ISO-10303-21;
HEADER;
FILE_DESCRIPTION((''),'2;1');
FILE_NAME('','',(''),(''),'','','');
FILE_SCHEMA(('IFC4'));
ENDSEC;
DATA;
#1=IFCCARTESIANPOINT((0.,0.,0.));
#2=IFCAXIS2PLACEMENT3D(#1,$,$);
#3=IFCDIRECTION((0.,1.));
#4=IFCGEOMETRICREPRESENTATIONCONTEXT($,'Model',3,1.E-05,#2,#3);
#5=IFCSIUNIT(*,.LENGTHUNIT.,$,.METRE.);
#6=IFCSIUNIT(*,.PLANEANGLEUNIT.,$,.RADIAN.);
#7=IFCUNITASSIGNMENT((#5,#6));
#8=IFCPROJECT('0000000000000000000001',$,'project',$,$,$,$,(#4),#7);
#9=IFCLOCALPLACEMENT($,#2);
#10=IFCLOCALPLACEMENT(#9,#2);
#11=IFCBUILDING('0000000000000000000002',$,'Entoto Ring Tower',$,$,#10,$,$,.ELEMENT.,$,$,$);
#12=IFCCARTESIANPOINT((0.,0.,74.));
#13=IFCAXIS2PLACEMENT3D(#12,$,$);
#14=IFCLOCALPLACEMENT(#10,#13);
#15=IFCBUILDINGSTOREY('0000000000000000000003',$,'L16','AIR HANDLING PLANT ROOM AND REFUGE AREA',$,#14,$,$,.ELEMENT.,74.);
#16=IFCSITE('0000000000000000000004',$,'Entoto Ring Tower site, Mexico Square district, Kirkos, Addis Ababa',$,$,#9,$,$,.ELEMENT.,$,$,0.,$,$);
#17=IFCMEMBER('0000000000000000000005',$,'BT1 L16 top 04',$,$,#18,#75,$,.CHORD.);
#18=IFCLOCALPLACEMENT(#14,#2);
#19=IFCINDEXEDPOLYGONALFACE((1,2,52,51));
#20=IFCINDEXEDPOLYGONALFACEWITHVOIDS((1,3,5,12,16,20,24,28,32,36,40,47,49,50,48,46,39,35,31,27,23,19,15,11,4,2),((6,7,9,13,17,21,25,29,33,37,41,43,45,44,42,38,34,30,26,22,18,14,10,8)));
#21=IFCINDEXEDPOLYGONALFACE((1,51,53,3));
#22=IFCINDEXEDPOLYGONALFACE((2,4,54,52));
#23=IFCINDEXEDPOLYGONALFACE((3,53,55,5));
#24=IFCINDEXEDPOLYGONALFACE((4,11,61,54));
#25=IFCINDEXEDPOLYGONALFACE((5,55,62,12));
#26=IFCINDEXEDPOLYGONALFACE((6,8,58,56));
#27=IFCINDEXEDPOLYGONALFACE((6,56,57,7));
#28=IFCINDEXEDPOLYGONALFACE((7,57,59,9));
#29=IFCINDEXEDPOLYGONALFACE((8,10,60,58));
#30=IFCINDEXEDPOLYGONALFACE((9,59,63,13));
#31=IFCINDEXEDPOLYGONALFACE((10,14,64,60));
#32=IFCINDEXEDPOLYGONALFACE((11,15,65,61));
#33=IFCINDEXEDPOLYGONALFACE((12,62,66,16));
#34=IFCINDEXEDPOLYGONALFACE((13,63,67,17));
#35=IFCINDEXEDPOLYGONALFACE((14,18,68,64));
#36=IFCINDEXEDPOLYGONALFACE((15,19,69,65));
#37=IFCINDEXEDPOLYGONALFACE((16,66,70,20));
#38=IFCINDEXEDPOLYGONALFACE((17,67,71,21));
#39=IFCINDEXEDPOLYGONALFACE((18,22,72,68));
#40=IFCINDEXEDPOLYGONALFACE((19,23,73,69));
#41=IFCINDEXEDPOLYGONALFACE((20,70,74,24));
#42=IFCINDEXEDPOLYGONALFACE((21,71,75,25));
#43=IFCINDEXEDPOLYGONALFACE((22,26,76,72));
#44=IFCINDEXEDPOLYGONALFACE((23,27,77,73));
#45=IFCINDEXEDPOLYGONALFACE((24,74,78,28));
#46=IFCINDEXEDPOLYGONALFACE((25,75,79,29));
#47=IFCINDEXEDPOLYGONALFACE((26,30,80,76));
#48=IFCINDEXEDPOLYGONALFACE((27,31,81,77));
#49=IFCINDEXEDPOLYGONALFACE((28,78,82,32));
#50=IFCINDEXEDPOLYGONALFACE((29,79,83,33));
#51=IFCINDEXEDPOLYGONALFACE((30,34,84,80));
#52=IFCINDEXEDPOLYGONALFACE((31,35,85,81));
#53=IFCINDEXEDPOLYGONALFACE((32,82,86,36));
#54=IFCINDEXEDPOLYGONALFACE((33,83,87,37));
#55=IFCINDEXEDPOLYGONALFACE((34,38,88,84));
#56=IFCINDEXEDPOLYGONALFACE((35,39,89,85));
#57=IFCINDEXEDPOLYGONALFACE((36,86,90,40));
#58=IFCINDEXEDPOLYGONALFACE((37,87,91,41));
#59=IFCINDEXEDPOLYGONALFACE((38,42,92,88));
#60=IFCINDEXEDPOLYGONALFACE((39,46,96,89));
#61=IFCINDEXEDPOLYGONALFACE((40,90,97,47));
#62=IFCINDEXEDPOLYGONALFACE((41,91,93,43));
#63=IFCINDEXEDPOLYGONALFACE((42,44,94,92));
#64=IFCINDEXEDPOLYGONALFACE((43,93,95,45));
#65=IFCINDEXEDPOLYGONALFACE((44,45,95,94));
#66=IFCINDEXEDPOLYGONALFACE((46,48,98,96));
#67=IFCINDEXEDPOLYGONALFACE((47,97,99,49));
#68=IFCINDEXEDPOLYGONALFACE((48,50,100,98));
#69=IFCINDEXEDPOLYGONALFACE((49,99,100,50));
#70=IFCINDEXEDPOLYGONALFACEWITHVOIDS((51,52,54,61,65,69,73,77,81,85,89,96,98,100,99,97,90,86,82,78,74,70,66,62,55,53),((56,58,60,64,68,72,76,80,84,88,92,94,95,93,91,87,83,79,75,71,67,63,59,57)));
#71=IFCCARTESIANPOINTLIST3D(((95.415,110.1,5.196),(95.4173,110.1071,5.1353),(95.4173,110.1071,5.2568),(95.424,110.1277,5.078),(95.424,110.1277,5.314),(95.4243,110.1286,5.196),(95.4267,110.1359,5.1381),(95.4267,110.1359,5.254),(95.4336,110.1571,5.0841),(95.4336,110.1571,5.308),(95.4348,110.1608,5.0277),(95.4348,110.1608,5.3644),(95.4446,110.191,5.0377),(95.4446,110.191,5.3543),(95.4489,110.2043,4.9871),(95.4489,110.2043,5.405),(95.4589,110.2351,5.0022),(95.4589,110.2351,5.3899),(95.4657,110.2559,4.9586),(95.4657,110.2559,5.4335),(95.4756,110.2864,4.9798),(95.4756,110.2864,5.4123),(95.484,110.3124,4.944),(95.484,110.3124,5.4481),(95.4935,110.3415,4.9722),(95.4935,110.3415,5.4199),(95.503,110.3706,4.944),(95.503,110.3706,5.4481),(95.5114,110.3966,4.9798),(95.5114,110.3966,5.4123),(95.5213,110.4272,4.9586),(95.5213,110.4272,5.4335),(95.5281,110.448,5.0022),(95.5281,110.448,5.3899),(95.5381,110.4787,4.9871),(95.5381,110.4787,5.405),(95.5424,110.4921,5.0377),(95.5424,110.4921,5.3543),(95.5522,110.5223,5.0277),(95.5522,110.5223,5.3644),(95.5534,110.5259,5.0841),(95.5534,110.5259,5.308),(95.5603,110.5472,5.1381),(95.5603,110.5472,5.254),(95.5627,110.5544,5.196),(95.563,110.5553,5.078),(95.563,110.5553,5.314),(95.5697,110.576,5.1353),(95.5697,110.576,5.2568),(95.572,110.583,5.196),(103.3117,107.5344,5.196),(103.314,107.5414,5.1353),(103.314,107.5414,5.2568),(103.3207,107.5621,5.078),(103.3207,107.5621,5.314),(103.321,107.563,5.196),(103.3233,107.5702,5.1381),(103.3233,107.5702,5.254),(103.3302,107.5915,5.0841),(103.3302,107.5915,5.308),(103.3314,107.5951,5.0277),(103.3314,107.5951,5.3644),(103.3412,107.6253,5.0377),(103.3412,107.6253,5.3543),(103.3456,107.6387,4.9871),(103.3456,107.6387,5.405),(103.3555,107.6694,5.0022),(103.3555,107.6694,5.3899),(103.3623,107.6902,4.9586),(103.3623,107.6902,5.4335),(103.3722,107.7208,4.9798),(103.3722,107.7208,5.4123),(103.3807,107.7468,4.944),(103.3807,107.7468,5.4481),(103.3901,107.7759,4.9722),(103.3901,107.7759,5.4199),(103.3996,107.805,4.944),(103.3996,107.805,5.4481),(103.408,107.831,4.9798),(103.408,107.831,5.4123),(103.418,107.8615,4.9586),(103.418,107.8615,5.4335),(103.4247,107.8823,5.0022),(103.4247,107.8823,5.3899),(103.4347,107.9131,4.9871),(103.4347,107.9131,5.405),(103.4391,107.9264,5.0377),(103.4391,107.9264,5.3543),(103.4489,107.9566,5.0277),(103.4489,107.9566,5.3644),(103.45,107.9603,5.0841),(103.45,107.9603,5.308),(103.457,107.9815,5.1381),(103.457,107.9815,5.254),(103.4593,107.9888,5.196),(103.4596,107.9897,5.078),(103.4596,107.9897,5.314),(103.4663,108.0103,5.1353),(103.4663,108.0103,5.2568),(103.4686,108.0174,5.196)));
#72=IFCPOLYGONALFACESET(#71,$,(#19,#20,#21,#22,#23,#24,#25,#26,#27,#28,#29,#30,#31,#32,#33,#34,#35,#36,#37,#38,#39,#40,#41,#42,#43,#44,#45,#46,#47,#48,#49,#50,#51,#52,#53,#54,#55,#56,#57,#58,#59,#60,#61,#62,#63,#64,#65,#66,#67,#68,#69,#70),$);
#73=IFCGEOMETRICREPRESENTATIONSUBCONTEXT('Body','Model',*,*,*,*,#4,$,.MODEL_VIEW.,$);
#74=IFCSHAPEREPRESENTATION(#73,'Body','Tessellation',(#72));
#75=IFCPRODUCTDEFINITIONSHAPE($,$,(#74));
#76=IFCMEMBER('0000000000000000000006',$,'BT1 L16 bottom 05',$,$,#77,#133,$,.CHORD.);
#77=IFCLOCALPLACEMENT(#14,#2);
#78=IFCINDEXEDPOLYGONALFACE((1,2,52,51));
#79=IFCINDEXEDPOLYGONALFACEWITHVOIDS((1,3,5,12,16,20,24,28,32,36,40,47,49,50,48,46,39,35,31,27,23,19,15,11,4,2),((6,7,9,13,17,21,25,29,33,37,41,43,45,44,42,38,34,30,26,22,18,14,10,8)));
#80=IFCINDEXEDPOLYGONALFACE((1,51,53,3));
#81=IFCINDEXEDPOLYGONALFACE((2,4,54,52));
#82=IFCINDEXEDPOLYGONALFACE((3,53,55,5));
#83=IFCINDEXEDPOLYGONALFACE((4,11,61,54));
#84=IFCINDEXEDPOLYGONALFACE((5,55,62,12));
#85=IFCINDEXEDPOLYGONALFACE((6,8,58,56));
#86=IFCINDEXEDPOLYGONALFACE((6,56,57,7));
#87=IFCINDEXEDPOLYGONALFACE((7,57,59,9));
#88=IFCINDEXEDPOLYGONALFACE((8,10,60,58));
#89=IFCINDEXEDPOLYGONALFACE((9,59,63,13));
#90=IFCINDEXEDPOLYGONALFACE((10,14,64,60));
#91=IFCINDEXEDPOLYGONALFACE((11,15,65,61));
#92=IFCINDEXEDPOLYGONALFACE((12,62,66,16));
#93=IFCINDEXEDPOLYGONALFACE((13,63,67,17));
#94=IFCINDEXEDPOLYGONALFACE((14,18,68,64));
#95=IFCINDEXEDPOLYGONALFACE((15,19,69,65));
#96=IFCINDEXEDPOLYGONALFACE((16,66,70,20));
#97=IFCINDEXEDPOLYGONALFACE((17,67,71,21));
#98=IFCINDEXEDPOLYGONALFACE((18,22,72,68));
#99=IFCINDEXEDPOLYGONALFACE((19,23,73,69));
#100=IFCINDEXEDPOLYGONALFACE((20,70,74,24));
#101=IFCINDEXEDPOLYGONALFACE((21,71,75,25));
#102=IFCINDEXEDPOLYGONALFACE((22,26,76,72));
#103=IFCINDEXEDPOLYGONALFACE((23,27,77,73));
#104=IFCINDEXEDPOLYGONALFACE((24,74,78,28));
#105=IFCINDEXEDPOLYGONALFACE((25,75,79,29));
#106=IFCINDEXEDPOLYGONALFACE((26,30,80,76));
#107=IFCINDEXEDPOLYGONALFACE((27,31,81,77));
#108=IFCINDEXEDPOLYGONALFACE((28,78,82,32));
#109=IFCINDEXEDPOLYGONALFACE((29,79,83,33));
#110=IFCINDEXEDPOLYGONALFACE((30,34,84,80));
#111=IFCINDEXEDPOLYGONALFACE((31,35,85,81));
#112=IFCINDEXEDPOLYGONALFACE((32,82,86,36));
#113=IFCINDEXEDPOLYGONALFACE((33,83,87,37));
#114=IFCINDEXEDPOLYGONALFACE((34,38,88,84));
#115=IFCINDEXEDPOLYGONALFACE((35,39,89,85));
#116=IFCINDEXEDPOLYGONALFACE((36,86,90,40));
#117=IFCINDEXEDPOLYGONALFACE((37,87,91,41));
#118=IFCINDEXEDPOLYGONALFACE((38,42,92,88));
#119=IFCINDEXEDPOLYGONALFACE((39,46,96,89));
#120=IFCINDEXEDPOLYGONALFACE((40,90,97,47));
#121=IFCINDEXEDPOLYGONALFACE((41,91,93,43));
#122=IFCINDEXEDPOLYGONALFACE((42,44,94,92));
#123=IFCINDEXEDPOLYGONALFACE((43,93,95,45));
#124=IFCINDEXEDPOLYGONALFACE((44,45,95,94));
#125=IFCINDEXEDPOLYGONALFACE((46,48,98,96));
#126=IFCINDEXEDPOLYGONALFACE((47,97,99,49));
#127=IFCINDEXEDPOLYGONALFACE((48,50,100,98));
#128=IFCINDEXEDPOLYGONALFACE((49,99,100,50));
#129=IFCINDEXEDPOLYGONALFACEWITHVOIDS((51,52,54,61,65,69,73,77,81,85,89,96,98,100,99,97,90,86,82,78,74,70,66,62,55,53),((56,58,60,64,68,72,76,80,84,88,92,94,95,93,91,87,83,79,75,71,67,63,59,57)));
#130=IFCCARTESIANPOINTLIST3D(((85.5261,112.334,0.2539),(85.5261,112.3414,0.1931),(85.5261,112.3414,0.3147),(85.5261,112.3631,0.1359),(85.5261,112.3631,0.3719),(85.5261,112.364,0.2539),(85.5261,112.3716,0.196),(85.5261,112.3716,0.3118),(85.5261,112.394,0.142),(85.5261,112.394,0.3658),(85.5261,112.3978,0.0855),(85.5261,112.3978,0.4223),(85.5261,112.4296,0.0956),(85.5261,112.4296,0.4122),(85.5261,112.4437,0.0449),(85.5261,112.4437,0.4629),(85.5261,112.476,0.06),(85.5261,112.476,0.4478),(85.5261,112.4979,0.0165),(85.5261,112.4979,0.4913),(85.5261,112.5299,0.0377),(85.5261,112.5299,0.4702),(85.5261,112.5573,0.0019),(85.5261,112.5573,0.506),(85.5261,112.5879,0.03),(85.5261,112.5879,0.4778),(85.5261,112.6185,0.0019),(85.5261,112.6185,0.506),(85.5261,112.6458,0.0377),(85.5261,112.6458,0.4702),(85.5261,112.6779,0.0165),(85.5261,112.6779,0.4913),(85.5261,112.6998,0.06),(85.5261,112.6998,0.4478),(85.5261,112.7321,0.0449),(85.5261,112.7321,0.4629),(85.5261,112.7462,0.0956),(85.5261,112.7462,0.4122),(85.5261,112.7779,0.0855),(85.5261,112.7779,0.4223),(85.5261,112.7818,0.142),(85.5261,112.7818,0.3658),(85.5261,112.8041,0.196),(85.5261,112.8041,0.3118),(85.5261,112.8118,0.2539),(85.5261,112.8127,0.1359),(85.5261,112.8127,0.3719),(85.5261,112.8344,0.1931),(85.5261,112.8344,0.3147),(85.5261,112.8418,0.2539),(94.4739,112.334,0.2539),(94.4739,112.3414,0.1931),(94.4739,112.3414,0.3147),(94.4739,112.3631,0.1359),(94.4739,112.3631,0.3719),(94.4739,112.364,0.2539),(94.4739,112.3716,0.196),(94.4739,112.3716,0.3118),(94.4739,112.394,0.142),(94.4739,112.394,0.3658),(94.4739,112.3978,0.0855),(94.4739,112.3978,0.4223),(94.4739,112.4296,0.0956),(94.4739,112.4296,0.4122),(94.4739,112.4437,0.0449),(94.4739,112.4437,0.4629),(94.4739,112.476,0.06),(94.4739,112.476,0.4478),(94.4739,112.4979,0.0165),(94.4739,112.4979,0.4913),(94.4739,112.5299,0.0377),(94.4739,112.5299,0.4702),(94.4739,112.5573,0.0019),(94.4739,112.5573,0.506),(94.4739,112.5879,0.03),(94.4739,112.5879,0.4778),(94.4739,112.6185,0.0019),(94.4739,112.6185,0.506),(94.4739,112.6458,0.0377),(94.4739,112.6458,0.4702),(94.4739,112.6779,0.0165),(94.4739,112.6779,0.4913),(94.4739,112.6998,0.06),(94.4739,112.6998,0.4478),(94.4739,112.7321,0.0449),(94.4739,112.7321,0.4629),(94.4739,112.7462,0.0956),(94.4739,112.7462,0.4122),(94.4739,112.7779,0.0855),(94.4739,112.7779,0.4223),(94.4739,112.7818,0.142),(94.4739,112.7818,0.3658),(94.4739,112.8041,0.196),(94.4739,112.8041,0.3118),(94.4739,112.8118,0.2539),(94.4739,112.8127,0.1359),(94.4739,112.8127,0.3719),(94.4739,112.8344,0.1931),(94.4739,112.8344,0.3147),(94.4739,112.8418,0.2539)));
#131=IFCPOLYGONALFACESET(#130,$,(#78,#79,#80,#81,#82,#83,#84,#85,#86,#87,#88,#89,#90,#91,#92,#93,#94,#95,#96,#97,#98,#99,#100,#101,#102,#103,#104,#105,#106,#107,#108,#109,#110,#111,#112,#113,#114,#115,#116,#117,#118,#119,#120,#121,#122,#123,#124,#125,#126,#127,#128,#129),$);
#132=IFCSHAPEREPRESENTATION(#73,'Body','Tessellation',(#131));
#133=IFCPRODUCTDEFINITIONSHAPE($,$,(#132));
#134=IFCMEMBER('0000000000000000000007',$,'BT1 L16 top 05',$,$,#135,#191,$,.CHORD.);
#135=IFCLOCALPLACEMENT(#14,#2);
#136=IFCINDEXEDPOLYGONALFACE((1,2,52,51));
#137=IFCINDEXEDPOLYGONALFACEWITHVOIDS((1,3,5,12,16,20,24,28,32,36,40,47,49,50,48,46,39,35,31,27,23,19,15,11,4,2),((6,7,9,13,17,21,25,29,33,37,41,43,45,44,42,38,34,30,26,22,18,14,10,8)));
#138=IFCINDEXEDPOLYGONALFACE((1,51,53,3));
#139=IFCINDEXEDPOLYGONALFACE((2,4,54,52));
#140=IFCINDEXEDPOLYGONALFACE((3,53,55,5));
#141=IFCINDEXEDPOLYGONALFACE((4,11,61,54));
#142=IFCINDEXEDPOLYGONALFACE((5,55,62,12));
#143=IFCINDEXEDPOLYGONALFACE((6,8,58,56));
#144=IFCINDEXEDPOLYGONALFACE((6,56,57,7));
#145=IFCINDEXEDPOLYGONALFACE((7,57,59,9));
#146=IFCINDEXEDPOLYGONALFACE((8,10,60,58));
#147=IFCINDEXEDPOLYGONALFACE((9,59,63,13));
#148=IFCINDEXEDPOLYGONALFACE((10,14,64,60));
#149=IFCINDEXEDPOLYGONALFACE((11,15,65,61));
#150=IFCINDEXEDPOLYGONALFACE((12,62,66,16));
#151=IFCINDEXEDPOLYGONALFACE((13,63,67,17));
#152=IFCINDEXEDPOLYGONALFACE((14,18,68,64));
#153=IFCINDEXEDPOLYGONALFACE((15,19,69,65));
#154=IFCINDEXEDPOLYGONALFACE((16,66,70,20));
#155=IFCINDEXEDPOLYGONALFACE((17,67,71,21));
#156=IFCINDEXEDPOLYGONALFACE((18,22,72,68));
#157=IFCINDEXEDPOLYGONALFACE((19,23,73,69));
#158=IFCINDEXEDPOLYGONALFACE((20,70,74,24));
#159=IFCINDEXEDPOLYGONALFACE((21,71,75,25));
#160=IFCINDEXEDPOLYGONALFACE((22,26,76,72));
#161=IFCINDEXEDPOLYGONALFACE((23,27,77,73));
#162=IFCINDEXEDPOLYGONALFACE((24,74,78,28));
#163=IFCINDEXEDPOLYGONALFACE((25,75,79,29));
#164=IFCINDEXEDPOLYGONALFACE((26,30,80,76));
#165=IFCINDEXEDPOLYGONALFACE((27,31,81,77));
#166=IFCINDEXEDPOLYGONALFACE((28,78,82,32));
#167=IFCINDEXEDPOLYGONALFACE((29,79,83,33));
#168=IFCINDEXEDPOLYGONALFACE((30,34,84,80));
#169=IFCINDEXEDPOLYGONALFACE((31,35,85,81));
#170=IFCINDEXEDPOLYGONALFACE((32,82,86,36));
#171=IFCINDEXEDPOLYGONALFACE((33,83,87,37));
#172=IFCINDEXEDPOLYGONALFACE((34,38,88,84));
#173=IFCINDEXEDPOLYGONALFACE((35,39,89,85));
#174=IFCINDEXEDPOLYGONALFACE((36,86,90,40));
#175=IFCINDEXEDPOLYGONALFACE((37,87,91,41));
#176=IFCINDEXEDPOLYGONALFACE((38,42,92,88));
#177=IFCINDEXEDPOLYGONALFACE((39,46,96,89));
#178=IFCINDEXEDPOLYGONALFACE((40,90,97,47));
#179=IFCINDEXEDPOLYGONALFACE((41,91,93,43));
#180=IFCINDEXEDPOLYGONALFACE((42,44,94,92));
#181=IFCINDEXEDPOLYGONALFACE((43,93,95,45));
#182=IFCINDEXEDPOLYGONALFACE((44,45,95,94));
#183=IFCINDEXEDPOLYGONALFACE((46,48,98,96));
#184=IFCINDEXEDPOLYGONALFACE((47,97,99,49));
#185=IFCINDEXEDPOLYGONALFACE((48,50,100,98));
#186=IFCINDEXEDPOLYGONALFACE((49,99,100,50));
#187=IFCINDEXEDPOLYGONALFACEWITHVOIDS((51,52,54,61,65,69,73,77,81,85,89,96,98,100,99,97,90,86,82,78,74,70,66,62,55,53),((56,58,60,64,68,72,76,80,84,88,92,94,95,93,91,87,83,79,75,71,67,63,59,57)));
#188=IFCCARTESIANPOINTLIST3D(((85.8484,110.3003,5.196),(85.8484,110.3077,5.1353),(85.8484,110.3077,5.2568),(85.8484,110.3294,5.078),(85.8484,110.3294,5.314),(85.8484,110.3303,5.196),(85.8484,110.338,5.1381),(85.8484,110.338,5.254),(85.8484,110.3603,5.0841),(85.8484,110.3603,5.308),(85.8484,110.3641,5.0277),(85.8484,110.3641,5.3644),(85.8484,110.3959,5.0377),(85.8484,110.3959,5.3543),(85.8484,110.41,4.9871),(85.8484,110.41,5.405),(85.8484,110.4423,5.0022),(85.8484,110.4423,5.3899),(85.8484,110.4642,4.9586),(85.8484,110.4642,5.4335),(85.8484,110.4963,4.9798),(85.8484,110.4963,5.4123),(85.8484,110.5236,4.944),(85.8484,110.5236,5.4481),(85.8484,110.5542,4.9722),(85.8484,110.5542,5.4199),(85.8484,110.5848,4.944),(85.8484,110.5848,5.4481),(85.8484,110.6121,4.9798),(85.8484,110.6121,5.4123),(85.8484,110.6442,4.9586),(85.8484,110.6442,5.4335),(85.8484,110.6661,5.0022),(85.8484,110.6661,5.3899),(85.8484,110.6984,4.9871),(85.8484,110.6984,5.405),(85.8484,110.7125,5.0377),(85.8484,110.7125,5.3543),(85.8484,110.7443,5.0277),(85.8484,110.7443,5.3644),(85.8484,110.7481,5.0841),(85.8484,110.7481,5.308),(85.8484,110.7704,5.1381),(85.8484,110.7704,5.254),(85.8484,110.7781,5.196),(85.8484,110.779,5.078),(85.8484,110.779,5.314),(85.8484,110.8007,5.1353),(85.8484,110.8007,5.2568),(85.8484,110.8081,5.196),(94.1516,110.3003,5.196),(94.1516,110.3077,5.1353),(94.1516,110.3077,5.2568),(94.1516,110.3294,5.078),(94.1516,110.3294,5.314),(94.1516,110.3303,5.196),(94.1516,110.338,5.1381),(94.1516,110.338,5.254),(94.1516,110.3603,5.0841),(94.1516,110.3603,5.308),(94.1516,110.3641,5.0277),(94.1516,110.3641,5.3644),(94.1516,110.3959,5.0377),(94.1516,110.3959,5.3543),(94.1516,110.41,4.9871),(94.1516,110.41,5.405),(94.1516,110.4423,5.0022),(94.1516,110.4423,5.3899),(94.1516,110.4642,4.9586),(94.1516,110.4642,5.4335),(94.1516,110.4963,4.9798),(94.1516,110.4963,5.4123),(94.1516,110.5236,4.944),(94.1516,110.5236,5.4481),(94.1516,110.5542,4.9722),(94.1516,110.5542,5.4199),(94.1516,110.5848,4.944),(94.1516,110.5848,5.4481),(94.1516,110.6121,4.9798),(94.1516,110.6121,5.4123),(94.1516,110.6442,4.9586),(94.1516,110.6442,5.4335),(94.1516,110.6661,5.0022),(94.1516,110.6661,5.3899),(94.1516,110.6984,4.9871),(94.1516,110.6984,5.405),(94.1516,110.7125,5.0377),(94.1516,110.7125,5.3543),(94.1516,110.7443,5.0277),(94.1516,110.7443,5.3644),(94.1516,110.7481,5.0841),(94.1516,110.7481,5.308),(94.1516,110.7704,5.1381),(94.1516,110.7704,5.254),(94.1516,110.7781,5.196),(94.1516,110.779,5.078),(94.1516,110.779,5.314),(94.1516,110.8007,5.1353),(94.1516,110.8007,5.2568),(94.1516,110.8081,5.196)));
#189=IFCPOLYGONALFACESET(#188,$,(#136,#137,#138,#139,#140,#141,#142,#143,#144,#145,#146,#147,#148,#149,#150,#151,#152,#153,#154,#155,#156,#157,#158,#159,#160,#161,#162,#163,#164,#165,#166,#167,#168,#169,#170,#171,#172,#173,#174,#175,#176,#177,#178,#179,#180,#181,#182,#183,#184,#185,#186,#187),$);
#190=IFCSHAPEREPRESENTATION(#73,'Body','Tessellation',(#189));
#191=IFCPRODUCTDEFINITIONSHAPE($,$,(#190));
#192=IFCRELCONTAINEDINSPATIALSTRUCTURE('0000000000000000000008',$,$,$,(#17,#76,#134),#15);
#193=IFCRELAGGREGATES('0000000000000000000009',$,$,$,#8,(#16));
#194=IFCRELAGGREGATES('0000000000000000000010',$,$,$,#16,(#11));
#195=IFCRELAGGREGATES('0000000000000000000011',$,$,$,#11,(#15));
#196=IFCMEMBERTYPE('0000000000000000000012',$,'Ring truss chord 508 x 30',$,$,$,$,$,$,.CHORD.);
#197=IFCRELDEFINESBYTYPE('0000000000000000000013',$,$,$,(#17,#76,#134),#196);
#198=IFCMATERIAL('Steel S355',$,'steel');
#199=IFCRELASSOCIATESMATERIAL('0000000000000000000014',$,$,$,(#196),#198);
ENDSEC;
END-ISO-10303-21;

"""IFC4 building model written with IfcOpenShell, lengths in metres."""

from ifc_helpers import new_model, si_unit, direction, frame, origin, origin_2d, place, context, subcontext, project, spatial, circle, hollow_circle, extrude, material, material_profile, profile_set, type_object, element, save


model = new_model("IFC4")

# Units and contexts
model_context = context("Model", 3, precision=1e-05, world=origin(), true_north=direction((0.0, 1.0)))
body_context = subcontext(model_context, "Body", "Model", "MODEL_VIEW")
ifc_project = project(units=[si_unit("LENGTHUNIT", "METRE"), si_unit("PLANEANGLEUNIT", "RADIAN")], contexts=[model_context])

# Site, building, storey
site_placement = place(None, origin())
site = spatial("IfcSite", under=ifc_project, at=site_placement, Name="Entoto Ring Tower site, Mexico Square district, Kirkos, Addis Ababa", CompositionType="ELEMENT", RefElevation=0.0)
building_placement = place(site_placement, origin())
building = spatial("IfcBuilding", under=site, at=building_placement, Name="Entoto Ring Tower", CompositionType="ELEMENT")
storey_placement = place(building_placement, frame((0.0, 0.0, 74.0)))
storey = spatial("IfcBuildingStorey", under=building, at=storey_placement, Name="L16", Description="AIR HANDLING PLANT ROOM AND REFUGE AREA", CompositionType="ELEMENT", Elevation=74.0)

# Members
ifc_material_1 = material(Name="Steel S355", Category="steel")
ifc_material_profile_1 = material_profile(ifc_material_1, hollow_circle(Radius=0.2539, WallThickness=0.03, at=origin_2d()), Name="CHS 508 x 30")
ifc_material_2 = material(Name="Concrete C60/75", Category="concrete")
ifc_material_profile_2 = material_profile(ifc_material_2, circle(Radius=0.2241, at=origin_2d()), Name="Concrete C60/75 infill")
ifc_profile_set_1 = profile_set([ifc_material_profile_1, ifc_material_profile_2], Name="Steel S355")
member_type_1 = type_object("IfcMemberType", Name="Ring truss chord 508 x 30", PredefinedType="CHORD", material=ifc_profile_set_1)
member_1_placement = place(storey_placement, frame((103.3901, 107.7759, 5.196), z_axis=(-0.951061, 0.309003, 0.0), x_axis=(-0.309003, -0.951061, 0.0)))
element("IfcMember", 1, at=member_1_placement, inside=storey, type_object=member_type_1, Name="BT1 L16 top 04", PredefinedType="CHORD", context=body_context, shape_type="SweptSolid", body=[
    extrude(hollow_circle(Radius=0.2539, WallThickness=0.03, at=origin_2d()), origin(), (0.0, 0.0, 1.0), 8.303),
])
member_2_placement = place(storey_placement, frame((94.4739, 112.5879, 0.2539), z_axis=(-1.0, 0.0, 0.0), x_axis=(0.0, -1.0, 0.0)))
element("IfcMember", 2, at=member_2_placement, inside=storey, type_object=member_type_1, Name="BT1 L16 bottom 05", PredefinedType="CHORD", context=body_context, shape_type="SweptSolid", body=[
    extrude(hollow_circle(Radius=0.2539, WallThickness=0.03, at=origin_2d()), origin(), (0.0, 0.0, 1.0), 8.9478),
])
member_3_placement = place(storey_placement, frame((94.1516, 110.5542, 5.196), z_axis=(-1.0, 0.0, 0.0), x_axis=(0.0, -1.0, 0.0)))
element("IfcMember", 3, at=member_3_placement, inside=storey, type_object=member_type_1, Name="BT1 L16 top 05", PredefinedType="CHORD", context=body_context, shape_type="SweptSolid", body=[
    extrude(hollow_circle(Radius=0.2539, WallThickness=0.03, at=origin_2d()), origin(), (0.0, 0.0, 1.0), 8.3032),
])

save(model, "model.ifc")
